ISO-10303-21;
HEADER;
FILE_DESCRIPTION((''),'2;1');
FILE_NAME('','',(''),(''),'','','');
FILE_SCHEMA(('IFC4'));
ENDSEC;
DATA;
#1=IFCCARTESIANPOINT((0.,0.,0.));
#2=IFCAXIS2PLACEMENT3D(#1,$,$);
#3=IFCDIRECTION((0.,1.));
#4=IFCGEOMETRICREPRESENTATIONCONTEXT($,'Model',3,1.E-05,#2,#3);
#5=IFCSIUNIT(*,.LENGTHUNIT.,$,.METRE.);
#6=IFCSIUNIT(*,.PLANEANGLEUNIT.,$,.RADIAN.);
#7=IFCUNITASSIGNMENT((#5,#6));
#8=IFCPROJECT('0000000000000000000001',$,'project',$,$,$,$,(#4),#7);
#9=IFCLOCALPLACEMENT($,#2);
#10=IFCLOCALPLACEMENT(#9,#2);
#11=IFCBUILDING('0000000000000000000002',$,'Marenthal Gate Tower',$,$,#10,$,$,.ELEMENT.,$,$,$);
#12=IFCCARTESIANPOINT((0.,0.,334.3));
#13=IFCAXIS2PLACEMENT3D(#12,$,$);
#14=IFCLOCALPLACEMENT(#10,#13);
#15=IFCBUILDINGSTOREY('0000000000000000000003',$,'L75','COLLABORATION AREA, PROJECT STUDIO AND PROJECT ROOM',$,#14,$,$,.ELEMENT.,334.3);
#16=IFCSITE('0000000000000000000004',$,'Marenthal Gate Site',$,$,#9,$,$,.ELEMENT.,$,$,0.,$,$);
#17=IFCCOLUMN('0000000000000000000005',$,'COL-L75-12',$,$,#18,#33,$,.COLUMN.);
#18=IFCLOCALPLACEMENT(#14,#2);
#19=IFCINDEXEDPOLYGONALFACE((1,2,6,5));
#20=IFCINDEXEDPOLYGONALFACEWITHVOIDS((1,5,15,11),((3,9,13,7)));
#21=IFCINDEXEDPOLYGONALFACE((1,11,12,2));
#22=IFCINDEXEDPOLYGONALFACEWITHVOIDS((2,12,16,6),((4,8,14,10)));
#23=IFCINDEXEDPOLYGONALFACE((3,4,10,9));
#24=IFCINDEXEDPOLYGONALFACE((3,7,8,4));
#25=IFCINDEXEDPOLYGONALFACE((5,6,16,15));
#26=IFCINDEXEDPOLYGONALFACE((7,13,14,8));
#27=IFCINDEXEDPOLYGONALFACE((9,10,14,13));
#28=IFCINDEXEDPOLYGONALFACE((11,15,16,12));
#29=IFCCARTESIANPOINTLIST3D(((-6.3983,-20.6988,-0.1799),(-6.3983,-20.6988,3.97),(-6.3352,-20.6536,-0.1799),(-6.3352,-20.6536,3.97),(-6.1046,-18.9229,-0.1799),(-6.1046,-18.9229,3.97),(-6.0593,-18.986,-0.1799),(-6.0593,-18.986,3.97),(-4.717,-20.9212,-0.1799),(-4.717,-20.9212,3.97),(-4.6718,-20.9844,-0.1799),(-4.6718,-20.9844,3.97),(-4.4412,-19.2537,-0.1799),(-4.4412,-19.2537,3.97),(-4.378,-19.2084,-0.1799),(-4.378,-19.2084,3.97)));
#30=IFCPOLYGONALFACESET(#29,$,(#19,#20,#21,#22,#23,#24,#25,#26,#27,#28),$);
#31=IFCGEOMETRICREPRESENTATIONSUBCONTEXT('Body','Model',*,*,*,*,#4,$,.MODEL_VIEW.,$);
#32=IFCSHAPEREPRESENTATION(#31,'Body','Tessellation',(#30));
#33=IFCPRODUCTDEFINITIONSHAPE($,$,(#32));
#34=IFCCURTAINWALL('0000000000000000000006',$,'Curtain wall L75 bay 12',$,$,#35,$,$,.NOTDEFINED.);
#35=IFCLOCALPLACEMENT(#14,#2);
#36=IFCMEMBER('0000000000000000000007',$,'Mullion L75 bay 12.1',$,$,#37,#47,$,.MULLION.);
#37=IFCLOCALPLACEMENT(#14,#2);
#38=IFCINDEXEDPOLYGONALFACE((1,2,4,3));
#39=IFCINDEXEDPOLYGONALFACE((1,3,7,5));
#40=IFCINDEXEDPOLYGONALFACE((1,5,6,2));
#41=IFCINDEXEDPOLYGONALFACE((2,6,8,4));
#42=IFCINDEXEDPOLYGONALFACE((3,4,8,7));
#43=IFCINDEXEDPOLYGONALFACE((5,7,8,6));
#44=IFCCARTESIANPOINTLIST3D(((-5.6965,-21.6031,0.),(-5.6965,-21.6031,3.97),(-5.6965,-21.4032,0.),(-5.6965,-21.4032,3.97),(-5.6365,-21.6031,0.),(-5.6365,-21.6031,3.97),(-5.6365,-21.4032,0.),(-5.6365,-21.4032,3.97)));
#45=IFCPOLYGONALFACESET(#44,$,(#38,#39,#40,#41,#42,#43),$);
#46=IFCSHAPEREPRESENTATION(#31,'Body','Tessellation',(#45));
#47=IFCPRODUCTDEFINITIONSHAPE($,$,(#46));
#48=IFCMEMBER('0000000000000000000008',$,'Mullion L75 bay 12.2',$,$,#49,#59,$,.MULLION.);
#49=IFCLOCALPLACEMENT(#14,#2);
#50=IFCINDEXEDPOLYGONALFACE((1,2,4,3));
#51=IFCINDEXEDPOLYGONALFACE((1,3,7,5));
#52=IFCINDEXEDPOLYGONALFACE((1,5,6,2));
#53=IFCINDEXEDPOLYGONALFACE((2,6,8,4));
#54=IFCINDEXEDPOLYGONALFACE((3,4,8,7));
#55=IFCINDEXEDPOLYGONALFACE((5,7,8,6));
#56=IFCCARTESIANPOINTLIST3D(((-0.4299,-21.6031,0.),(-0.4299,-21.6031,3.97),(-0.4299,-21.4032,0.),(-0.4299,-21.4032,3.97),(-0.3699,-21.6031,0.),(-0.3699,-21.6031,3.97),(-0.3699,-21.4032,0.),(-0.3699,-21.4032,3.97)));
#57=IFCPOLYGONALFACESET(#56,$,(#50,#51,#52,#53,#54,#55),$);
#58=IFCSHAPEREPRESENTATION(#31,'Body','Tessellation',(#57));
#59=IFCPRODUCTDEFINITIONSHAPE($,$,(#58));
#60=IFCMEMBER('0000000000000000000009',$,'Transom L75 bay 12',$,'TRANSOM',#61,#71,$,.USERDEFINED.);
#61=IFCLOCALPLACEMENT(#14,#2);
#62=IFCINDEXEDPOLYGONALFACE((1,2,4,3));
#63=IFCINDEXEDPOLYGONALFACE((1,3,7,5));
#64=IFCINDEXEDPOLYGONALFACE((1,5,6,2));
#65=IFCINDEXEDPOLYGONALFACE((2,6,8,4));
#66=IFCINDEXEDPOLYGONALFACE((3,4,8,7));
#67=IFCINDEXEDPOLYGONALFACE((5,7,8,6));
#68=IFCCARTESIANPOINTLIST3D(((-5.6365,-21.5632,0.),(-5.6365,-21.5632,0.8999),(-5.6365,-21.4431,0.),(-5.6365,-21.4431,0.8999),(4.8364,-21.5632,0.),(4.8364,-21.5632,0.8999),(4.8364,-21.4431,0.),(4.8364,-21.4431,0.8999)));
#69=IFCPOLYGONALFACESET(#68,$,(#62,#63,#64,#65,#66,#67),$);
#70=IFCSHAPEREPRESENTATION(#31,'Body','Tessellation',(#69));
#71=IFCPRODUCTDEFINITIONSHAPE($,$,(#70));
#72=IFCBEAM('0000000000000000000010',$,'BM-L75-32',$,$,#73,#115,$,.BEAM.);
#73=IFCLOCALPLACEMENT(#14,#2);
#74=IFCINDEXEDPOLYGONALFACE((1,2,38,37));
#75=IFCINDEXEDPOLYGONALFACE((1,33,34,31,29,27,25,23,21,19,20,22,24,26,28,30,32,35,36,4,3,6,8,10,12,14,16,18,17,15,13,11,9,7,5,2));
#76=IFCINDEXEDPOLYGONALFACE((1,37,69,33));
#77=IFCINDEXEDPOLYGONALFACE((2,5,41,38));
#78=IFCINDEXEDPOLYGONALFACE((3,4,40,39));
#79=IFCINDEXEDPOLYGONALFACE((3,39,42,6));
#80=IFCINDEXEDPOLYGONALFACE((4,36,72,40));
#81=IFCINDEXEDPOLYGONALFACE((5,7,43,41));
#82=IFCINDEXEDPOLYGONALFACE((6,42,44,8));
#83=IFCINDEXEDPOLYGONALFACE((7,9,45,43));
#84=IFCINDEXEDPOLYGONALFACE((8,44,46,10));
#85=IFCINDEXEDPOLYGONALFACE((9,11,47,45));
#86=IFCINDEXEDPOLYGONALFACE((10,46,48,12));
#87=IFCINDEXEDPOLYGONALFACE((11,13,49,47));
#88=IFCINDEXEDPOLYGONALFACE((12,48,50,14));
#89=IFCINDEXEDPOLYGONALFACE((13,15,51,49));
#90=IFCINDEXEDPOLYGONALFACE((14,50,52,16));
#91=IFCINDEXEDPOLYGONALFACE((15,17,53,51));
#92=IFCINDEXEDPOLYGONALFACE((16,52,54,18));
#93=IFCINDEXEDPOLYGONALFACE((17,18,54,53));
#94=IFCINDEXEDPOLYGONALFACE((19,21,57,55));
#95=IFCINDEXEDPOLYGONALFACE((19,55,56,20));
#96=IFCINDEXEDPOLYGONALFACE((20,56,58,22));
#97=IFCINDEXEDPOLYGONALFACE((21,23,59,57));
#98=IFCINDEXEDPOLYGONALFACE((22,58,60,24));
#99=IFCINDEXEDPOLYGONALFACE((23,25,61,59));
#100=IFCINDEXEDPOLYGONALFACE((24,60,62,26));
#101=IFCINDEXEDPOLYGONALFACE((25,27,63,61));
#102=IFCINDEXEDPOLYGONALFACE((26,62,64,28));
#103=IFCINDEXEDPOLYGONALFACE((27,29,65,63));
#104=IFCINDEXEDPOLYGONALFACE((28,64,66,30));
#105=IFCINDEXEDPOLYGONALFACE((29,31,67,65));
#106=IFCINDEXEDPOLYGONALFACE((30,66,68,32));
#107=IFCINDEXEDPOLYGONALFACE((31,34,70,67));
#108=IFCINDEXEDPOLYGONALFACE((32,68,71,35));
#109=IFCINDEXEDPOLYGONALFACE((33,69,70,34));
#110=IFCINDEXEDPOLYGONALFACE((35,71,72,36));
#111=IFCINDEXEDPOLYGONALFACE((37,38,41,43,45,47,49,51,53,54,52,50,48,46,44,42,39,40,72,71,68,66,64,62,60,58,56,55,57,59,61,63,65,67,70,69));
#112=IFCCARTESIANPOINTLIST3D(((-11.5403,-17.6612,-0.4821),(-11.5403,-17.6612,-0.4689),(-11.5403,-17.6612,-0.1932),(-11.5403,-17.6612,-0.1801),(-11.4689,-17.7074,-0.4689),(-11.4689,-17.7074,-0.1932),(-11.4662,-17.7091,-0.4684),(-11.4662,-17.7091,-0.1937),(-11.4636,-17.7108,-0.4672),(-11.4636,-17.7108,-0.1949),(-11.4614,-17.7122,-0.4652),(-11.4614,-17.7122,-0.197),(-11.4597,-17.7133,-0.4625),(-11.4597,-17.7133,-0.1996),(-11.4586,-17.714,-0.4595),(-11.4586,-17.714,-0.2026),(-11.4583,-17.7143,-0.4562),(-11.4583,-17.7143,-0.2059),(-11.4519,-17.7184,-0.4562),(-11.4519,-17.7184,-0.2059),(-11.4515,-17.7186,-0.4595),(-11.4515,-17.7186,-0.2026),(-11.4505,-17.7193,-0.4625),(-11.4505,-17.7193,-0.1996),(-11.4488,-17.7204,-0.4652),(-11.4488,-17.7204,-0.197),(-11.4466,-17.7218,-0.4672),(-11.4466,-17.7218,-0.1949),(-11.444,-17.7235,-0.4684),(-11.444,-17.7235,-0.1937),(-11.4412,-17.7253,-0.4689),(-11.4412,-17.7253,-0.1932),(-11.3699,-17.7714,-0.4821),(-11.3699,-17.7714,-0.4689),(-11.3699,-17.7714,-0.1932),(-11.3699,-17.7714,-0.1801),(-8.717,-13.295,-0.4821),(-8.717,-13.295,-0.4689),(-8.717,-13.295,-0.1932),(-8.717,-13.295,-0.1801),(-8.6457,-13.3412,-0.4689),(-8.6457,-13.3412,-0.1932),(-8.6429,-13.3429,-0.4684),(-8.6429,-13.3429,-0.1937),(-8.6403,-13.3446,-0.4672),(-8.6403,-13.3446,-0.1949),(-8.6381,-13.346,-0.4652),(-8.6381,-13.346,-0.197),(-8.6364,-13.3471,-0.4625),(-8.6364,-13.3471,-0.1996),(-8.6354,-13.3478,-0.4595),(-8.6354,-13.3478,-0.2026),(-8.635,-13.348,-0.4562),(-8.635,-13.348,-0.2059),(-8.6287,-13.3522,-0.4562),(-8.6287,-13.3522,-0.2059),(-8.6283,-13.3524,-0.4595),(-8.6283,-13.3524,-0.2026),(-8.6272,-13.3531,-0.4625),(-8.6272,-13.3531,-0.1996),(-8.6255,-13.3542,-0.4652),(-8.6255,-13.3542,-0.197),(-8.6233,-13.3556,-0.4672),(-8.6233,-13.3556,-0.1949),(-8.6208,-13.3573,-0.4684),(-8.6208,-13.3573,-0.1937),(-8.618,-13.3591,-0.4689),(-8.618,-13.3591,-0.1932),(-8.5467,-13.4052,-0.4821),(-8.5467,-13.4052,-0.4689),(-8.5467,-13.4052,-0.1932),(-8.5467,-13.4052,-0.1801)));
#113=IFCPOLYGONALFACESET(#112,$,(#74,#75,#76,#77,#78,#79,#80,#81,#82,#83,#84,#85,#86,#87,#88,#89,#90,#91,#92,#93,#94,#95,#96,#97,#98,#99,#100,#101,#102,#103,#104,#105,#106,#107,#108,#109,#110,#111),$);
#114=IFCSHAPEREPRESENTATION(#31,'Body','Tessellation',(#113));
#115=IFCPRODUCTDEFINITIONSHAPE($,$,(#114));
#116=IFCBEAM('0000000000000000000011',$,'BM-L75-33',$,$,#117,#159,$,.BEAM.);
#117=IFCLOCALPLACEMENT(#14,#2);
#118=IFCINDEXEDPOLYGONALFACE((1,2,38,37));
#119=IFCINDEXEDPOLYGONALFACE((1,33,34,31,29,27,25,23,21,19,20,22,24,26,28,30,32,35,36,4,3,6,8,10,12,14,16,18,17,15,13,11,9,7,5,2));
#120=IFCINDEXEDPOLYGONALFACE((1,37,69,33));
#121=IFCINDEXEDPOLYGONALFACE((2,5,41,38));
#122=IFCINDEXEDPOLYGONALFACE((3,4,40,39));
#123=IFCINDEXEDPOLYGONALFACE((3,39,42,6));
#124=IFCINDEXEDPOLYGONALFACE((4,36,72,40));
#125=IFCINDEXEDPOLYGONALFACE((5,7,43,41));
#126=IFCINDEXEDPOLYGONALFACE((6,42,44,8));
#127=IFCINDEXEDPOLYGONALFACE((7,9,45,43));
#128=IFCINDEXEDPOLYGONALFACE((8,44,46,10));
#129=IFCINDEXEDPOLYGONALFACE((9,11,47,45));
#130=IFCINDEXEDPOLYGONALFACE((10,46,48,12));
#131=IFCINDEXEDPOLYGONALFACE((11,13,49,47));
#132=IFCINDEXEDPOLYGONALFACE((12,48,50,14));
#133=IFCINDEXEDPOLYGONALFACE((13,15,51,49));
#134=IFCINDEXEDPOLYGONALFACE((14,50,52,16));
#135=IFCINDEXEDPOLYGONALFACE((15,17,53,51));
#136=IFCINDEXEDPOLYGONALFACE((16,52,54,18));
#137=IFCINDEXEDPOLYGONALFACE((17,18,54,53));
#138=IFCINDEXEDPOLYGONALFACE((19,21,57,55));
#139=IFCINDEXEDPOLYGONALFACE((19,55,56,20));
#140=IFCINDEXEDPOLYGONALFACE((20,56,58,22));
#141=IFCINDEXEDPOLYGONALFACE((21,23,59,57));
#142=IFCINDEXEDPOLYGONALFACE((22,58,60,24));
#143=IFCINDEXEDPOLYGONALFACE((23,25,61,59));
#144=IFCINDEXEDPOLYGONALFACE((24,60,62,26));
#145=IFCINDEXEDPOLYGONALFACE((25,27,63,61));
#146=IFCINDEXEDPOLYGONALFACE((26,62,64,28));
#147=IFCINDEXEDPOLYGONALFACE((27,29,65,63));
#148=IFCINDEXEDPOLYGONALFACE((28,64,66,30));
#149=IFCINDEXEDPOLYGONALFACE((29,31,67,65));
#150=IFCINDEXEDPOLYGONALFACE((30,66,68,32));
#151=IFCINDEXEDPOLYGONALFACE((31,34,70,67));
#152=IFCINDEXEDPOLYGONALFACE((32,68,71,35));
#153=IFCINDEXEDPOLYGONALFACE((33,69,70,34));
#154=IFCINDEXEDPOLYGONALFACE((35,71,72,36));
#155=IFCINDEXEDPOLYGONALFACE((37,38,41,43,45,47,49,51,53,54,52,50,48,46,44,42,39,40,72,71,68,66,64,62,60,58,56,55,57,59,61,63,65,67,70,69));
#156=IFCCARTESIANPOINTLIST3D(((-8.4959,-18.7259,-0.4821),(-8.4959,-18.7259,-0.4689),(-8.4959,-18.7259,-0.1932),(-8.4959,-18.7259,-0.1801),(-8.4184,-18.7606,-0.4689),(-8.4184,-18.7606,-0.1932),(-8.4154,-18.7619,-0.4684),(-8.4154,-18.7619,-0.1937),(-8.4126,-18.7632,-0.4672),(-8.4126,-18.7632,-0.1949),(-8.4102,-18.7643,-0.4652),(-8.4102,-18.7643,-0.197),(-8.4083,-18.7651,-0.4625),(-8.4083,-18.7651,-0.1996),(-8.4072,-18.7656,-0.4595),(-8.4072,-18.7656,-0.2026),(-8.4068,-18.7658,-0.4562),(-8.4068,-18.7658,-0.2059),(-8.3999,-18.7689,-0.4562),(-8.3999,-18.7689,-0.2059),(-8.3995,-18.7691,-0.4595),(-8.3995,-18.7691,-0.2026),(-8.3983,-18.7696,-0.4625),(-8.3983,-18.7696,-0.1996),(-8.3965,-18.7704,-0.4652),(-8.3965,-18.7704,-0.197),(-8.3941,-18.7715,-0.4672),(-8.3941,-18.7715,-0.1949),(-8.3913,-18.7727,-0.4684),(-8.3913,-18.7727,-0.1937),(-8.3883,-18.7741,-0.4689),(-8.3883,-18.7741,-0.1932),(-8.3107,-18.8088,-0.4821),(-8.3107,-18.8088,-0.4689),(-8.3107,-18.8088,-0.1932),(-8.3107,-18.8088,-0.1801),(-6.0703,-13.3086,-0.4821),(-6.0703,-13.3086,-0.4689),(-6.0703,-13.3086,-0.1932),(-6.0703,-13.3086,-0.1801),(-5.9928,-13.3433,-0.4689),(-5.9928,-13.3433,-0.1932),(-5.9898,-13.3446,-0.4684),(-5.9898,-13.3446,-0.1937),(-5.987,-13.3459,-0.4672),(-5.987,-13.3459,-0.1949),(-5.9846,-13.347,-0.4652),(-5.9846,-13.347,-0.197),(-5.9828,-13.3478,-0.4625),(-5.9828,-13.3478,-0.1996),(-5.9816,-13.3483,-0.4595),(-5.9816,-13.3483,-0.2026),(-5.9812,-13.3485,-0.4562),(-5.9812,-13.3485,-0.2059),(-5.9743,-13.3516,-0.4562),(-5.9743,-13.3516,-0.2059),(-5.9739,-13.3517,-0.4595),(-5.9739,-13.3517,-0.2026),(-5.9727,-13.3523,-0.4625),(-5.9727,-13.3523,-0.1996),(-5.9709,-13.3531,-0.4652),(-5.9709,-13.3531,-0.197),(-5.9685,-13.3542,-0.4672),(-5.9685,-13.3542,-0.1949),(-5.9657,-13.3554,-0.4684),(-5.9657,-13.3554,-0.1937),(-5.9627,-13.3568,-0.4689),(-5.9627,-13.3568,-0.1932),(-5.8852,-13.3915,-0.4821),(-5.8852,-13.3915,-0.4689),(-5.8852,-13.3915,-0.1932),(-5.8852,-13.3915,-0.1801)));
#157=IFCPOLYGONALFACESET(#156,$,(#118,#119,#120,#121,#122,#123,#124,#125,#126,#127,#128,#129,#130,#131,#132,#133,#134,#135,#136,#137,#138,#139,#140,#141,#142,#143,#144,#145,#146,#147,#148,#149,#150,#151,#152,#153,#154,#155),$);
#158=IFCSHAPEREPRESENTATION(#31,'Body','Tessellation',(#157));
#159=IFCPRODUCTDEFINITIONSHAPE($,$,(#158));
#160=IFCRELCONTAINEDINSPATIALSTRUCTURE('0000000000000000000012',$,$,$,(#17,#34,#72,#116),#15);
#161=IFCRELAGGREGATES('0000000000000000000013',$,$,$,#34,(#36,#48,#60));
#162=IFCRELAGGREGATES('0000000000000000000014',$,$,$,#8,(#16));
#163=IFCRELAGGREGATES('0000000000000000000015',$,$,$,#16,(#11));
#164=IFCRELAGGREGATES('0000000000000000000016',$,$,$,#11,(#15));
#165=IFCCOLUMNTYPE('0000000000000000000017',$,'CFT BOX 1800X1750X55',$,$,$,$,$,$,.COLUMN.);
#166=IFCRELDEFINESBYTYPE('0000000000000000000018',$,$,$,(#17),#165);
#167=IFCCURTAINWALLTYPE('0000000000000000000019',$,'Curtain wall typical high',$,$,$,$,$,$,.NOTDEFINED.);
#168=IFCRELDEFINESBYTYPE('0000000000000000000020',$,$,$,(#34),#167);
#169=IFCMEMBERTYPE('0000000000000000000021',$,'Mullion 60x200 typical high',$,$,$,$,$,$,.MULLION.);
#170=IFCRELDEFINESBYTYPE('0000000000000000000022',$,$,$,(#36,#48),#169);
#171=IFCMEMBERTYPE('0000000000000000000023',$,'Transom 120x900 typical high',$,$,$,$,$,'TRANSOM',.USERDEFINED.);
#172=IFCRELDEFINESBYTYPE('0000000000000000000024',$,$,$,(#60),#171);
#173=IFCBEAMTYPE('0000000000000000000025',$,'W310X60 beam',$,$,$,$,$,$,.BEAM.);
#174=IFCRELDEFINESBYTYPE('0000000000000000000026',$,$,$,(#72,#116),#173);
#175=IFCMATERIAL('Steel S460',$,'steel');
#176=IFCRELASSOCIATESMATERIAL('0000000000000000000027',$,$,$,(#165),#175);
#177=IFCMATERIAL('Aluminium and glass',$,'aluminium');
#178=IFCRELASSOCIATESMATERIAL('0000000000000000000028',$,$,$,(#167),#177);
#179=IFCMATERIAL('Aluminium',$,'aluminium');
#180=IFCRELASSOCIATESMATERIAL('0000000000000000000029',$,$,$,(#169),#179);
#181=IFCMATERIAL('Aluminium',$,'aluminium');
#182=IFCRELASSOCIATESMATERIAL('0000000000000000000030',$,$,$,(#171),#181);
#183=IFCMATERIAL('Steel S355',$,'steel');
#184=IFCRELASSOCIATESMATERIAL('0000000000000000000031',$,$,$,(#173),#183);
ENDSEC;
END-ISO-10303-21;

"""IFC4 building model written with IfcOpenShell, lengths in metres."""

from ifc_helpers import new_model, si_unit, direction, frame, origin, origin_2d, place, context, subcontext, project, spatial, rectangle, hollow_rectangle, i_section, extrude, material, material_profile, profile_set, type_object, element, aggregate, save


model = new_model("IFC4")

# Units and contexts
model_context = context("Model", 3, precision=1e-05, world=origin(), true_north=direction((0.0, 1.0)))
body_context = subcontext(model_context, "Body", "Model", "MODEL_VIEW")
ifc_project = project(units=[si_unit("LENGTHUNIT", "METRE"), si_unit("PLANEANGLEUNIT", "RADIAN")], contexts=[model_context])

# Site, building, storey
site_placement = place(None, origin())
site = spatial("IfcSite", under=ifc_project, at=site_placement, Name="Marenthal Gate Site", CompositionType="ELEMENT", RefElevation=0.0)
building_placement = place(site_placement, origin())
building = spatial("IfcBuilding", under=site, at=building_placement, Name="Marenthal Gate Tower", CompositionType="ELEMENT")
storey_placement = place(building_placement, frame((0.0, 0.0, 334.3)))
storey = spatial("IfcBuildingStorey", under=building, at=storey_placement, Name="L75", Description="COLLABORATION AREA, PROJECT STUDIO AND PROJECT ROOM", CompositionType="ELEMENT", Elevation=334.3)

# Column
ifc_material_1 = material(Name="Steel S460", Category="steel")
ifc_material_profile_1 = material_profile(ifc_material_1, hollow_rectangle(XDim=1.75, YDim=1.8, WallThickness=0.0549, at=origin_2d()), Name="CFT BOX 1800X1750X55")
ifc_material_2 = material(Name="Concrete 70 MPa", Category="concrete")
ifc_material_profile_2 = material_profile(ifc_material_2, rectangle(XDim=1.6399, YDim=1.6899, at=origin_2d()), Name="CFT BOX 1800X1750X55 INFILL")
ifc_profile_set_1 = profile_set([ifc_material_profile_1, ifc_material_profile_2], Name="Steel S460 shell, Concrete 70 MPa infill")
column_type = type_object("IfcColumnType", Name="CFT BOX 1800X1750X55", PredefinedType="COLUMN", material=ifc_profile_set_1)
column_placement = place(storey_placement, frame((-5.3882, -19.9536, -0.1799), z_axis=(0.0, 0.0, 1.0), x_axis=(-0.986595, 0.163188, 0.0)))
element("IfcColumn", 1, at=column_placement, inside=storey, type_object=column_type, Name="COL-L75-12", PredefinedType="COLUMN", context=body_context, shape_type="SweptSolid", body=[
    extrude(hollow_rectangle(XDim=1.75, YDim=1.8, WallThickness=0.0549, at=origin_2d()), origin(), (0.0, 0.0, 1.0), 4.1499),
])

# Curtain wall, members
ifc_material_3 = material(Name="Aluminium and glass", Category="aluminium")
curtain_wall_type = type_object("IfcCurtainWallType", Name="Curtain wall typical high", PredefinedType="NOTDEFINED", material=ifc_material_3)
curtain_wall_placement = place(storey_placement, origin())
curtain_wall = element("IfcCurtainWall", 2, at=curtain_wall_placement, inside=storey, type_object=curtain_wall_type, Name="Curtain wall L75 bay 12", PredefinedType="NOTDEFINED")
ifc_material_4 = material(Name="Aluminium", Category="aluminium")
ifc_material_profile_3 = material_profile(ifc_material_4, rectangle(XDim=0.2, YDim=0.0601, at=origin_2d()), Name="60x200 aluminium mullion")
ifc_profile_set_2 = profile_set([ifc_material_profile_3], Name="Aluminium")
member_type_1 = type_object("IfcMemberType", Name="Mullion 60x200 typical high", PredefinedType="MULLION", material=ifc_profile_set_2)
member_1_placement = place(storey_placement, frame((-5.6665, -21.5032, 0.0), z_axis=(0.0, 0.0, 1.0), x_axis=(0.0, 1.0, 0.0)))
member_1 = element("IfcMember", 3, at=member_1_placement, type_object=member_type_1, Name="Mullion L75 bay 12.1", PredefinedType="MULLION", context=body_context, shape_type="SweptSolid", body=[
    extrude(rectangle(XDim=0.2, YDim=0.0601, at=origin_2d()), origin(), (0.0, 0.0, 1.0), 3.97),
])
member_2_placement = place(storey_placement, frame((-0.3999, -21.5032, 0.0), z_axis=(0.0, 0.0, 1.0), x_axis=(0.0, 1.0, 0.0)))
member_2 = element("IfcMember", 4, at=member_2_placement, type_object=member_type_1, Name="Mullion L75 bay 12.2", PredefinedType="MULLION", context=body_context, shape_type="SweptSolid", body=[
    extrude(rectangle(XDim=0.2, YDim=0.0601, at=origin_2d()), origin(), (0.0, 0.0, 1.0), 3.97),
])
ifc_material_5 = material(Name="Aluminium", Category="aluminium")
ifc_material_profile_4 = material_profile(ifc_material_5, rectangle(XDim=0.1201, YDim=0.8999, at=origin_2d()), Name="120x900 aluminium transom")
ifc_profile_set_3 = profile_set([ifc_material_profile_4], Name="Aluminium")
member_type_2 = type_object("IfcMemberType", Name="Transom 120x900 typical high", ElementType="TRANSOM", PredefinedType="USERDEFINED", material=ifc_profile_set_3)
member_3_placement = place(storey_placement, frame((-5.6365, -21.5032, 0.45), z_axis=(1.0, 0.0, 0.0), x_axis=(0.0, 1.0, 0.0)))
member_3 = element("IfcMember", 5, at=member_3_placement, type_object=member_type_2, Name="Transom L75 bay 12", ObjectType="TRANSOM", PredefinedType="USERDEFINED", context=body_context, shape_type="SweptSolid", body=[
    extrude(rectangle(XDim=0.1201, YDim=0.8999, at=origin_2d()), origin(), (0.0, 0.0, 1.0), 10.4729),
])

# Beams
ifc_material_6 = material(Name="Steel S355", Category="steel")
ifc_material_profile_5 = material_profile(ifc_material_6, i_section(OverallWidth=0.2029, OverallDepth=0.302, WebThickness=0.0076, FlangeThickness=0.0132, FilletRadius=0.0127, at=origin_2d()), Name="W310X60")
ifc_profile_set_4 = profile_set([ifc_material_profile_5], Name="Steel S355")
beam_type_1 = type_object("IfcBeamType", Name="W310X60 beam", PredefinedType="BEAM", material=ifc_profile_set_4)
beam_1_placement = place(storey_placement, frame((-11.4551, -17.7163, -0.3311), z_axis=(0.542986, 0.839741, 0.0), x_axis=(-0.839741, 0.542986, 0.0)))
element("IfcBeam", 6, at=beam_1_placement, inside=storey, type_object=beam_type_1, Name="BM-L75-32", PredefinedType="BEAM", context=body_context, shape_type="SweptSolid", body=[
    extrude(i_section(OverallWidth=0.2029, OverallDepth=0.302, WebThickness=0.0076, FlangeThickness=0.0132, FilletRadius=0.0127, at=origin_2d()), origin(), (0.0, 0.0, 1.0), 5.1995),
])
beam_2_placement = place(storey_placement, frame((-8.4033, -18.7673, -0.3311), z_axis=(0.408652, 0.91269, 0.0), x_axis=(-0.91269, 0.408652, 0.0)))
element("IfcBeam", 7, at=beam_2_placement, inside=storey, type_object=beam_type_1, Name="BM-L75-33", PredefinedType="BEAM", context=body_context, shape_type="SweptSolid", body=[
    extrude(i_section(OverallWidth=0.2029, OverallDepth=0.302, WebThickness=0.0076, FlangeThickness=0.0132, FilletRadius=0.0127, at=origin_2d()), origin(), (0.0, 0.0, 1.0), 5.9355),
])

aggregate(curtain_wall, [member_1, member_2, member_3])

save(model, "model.ifc")
